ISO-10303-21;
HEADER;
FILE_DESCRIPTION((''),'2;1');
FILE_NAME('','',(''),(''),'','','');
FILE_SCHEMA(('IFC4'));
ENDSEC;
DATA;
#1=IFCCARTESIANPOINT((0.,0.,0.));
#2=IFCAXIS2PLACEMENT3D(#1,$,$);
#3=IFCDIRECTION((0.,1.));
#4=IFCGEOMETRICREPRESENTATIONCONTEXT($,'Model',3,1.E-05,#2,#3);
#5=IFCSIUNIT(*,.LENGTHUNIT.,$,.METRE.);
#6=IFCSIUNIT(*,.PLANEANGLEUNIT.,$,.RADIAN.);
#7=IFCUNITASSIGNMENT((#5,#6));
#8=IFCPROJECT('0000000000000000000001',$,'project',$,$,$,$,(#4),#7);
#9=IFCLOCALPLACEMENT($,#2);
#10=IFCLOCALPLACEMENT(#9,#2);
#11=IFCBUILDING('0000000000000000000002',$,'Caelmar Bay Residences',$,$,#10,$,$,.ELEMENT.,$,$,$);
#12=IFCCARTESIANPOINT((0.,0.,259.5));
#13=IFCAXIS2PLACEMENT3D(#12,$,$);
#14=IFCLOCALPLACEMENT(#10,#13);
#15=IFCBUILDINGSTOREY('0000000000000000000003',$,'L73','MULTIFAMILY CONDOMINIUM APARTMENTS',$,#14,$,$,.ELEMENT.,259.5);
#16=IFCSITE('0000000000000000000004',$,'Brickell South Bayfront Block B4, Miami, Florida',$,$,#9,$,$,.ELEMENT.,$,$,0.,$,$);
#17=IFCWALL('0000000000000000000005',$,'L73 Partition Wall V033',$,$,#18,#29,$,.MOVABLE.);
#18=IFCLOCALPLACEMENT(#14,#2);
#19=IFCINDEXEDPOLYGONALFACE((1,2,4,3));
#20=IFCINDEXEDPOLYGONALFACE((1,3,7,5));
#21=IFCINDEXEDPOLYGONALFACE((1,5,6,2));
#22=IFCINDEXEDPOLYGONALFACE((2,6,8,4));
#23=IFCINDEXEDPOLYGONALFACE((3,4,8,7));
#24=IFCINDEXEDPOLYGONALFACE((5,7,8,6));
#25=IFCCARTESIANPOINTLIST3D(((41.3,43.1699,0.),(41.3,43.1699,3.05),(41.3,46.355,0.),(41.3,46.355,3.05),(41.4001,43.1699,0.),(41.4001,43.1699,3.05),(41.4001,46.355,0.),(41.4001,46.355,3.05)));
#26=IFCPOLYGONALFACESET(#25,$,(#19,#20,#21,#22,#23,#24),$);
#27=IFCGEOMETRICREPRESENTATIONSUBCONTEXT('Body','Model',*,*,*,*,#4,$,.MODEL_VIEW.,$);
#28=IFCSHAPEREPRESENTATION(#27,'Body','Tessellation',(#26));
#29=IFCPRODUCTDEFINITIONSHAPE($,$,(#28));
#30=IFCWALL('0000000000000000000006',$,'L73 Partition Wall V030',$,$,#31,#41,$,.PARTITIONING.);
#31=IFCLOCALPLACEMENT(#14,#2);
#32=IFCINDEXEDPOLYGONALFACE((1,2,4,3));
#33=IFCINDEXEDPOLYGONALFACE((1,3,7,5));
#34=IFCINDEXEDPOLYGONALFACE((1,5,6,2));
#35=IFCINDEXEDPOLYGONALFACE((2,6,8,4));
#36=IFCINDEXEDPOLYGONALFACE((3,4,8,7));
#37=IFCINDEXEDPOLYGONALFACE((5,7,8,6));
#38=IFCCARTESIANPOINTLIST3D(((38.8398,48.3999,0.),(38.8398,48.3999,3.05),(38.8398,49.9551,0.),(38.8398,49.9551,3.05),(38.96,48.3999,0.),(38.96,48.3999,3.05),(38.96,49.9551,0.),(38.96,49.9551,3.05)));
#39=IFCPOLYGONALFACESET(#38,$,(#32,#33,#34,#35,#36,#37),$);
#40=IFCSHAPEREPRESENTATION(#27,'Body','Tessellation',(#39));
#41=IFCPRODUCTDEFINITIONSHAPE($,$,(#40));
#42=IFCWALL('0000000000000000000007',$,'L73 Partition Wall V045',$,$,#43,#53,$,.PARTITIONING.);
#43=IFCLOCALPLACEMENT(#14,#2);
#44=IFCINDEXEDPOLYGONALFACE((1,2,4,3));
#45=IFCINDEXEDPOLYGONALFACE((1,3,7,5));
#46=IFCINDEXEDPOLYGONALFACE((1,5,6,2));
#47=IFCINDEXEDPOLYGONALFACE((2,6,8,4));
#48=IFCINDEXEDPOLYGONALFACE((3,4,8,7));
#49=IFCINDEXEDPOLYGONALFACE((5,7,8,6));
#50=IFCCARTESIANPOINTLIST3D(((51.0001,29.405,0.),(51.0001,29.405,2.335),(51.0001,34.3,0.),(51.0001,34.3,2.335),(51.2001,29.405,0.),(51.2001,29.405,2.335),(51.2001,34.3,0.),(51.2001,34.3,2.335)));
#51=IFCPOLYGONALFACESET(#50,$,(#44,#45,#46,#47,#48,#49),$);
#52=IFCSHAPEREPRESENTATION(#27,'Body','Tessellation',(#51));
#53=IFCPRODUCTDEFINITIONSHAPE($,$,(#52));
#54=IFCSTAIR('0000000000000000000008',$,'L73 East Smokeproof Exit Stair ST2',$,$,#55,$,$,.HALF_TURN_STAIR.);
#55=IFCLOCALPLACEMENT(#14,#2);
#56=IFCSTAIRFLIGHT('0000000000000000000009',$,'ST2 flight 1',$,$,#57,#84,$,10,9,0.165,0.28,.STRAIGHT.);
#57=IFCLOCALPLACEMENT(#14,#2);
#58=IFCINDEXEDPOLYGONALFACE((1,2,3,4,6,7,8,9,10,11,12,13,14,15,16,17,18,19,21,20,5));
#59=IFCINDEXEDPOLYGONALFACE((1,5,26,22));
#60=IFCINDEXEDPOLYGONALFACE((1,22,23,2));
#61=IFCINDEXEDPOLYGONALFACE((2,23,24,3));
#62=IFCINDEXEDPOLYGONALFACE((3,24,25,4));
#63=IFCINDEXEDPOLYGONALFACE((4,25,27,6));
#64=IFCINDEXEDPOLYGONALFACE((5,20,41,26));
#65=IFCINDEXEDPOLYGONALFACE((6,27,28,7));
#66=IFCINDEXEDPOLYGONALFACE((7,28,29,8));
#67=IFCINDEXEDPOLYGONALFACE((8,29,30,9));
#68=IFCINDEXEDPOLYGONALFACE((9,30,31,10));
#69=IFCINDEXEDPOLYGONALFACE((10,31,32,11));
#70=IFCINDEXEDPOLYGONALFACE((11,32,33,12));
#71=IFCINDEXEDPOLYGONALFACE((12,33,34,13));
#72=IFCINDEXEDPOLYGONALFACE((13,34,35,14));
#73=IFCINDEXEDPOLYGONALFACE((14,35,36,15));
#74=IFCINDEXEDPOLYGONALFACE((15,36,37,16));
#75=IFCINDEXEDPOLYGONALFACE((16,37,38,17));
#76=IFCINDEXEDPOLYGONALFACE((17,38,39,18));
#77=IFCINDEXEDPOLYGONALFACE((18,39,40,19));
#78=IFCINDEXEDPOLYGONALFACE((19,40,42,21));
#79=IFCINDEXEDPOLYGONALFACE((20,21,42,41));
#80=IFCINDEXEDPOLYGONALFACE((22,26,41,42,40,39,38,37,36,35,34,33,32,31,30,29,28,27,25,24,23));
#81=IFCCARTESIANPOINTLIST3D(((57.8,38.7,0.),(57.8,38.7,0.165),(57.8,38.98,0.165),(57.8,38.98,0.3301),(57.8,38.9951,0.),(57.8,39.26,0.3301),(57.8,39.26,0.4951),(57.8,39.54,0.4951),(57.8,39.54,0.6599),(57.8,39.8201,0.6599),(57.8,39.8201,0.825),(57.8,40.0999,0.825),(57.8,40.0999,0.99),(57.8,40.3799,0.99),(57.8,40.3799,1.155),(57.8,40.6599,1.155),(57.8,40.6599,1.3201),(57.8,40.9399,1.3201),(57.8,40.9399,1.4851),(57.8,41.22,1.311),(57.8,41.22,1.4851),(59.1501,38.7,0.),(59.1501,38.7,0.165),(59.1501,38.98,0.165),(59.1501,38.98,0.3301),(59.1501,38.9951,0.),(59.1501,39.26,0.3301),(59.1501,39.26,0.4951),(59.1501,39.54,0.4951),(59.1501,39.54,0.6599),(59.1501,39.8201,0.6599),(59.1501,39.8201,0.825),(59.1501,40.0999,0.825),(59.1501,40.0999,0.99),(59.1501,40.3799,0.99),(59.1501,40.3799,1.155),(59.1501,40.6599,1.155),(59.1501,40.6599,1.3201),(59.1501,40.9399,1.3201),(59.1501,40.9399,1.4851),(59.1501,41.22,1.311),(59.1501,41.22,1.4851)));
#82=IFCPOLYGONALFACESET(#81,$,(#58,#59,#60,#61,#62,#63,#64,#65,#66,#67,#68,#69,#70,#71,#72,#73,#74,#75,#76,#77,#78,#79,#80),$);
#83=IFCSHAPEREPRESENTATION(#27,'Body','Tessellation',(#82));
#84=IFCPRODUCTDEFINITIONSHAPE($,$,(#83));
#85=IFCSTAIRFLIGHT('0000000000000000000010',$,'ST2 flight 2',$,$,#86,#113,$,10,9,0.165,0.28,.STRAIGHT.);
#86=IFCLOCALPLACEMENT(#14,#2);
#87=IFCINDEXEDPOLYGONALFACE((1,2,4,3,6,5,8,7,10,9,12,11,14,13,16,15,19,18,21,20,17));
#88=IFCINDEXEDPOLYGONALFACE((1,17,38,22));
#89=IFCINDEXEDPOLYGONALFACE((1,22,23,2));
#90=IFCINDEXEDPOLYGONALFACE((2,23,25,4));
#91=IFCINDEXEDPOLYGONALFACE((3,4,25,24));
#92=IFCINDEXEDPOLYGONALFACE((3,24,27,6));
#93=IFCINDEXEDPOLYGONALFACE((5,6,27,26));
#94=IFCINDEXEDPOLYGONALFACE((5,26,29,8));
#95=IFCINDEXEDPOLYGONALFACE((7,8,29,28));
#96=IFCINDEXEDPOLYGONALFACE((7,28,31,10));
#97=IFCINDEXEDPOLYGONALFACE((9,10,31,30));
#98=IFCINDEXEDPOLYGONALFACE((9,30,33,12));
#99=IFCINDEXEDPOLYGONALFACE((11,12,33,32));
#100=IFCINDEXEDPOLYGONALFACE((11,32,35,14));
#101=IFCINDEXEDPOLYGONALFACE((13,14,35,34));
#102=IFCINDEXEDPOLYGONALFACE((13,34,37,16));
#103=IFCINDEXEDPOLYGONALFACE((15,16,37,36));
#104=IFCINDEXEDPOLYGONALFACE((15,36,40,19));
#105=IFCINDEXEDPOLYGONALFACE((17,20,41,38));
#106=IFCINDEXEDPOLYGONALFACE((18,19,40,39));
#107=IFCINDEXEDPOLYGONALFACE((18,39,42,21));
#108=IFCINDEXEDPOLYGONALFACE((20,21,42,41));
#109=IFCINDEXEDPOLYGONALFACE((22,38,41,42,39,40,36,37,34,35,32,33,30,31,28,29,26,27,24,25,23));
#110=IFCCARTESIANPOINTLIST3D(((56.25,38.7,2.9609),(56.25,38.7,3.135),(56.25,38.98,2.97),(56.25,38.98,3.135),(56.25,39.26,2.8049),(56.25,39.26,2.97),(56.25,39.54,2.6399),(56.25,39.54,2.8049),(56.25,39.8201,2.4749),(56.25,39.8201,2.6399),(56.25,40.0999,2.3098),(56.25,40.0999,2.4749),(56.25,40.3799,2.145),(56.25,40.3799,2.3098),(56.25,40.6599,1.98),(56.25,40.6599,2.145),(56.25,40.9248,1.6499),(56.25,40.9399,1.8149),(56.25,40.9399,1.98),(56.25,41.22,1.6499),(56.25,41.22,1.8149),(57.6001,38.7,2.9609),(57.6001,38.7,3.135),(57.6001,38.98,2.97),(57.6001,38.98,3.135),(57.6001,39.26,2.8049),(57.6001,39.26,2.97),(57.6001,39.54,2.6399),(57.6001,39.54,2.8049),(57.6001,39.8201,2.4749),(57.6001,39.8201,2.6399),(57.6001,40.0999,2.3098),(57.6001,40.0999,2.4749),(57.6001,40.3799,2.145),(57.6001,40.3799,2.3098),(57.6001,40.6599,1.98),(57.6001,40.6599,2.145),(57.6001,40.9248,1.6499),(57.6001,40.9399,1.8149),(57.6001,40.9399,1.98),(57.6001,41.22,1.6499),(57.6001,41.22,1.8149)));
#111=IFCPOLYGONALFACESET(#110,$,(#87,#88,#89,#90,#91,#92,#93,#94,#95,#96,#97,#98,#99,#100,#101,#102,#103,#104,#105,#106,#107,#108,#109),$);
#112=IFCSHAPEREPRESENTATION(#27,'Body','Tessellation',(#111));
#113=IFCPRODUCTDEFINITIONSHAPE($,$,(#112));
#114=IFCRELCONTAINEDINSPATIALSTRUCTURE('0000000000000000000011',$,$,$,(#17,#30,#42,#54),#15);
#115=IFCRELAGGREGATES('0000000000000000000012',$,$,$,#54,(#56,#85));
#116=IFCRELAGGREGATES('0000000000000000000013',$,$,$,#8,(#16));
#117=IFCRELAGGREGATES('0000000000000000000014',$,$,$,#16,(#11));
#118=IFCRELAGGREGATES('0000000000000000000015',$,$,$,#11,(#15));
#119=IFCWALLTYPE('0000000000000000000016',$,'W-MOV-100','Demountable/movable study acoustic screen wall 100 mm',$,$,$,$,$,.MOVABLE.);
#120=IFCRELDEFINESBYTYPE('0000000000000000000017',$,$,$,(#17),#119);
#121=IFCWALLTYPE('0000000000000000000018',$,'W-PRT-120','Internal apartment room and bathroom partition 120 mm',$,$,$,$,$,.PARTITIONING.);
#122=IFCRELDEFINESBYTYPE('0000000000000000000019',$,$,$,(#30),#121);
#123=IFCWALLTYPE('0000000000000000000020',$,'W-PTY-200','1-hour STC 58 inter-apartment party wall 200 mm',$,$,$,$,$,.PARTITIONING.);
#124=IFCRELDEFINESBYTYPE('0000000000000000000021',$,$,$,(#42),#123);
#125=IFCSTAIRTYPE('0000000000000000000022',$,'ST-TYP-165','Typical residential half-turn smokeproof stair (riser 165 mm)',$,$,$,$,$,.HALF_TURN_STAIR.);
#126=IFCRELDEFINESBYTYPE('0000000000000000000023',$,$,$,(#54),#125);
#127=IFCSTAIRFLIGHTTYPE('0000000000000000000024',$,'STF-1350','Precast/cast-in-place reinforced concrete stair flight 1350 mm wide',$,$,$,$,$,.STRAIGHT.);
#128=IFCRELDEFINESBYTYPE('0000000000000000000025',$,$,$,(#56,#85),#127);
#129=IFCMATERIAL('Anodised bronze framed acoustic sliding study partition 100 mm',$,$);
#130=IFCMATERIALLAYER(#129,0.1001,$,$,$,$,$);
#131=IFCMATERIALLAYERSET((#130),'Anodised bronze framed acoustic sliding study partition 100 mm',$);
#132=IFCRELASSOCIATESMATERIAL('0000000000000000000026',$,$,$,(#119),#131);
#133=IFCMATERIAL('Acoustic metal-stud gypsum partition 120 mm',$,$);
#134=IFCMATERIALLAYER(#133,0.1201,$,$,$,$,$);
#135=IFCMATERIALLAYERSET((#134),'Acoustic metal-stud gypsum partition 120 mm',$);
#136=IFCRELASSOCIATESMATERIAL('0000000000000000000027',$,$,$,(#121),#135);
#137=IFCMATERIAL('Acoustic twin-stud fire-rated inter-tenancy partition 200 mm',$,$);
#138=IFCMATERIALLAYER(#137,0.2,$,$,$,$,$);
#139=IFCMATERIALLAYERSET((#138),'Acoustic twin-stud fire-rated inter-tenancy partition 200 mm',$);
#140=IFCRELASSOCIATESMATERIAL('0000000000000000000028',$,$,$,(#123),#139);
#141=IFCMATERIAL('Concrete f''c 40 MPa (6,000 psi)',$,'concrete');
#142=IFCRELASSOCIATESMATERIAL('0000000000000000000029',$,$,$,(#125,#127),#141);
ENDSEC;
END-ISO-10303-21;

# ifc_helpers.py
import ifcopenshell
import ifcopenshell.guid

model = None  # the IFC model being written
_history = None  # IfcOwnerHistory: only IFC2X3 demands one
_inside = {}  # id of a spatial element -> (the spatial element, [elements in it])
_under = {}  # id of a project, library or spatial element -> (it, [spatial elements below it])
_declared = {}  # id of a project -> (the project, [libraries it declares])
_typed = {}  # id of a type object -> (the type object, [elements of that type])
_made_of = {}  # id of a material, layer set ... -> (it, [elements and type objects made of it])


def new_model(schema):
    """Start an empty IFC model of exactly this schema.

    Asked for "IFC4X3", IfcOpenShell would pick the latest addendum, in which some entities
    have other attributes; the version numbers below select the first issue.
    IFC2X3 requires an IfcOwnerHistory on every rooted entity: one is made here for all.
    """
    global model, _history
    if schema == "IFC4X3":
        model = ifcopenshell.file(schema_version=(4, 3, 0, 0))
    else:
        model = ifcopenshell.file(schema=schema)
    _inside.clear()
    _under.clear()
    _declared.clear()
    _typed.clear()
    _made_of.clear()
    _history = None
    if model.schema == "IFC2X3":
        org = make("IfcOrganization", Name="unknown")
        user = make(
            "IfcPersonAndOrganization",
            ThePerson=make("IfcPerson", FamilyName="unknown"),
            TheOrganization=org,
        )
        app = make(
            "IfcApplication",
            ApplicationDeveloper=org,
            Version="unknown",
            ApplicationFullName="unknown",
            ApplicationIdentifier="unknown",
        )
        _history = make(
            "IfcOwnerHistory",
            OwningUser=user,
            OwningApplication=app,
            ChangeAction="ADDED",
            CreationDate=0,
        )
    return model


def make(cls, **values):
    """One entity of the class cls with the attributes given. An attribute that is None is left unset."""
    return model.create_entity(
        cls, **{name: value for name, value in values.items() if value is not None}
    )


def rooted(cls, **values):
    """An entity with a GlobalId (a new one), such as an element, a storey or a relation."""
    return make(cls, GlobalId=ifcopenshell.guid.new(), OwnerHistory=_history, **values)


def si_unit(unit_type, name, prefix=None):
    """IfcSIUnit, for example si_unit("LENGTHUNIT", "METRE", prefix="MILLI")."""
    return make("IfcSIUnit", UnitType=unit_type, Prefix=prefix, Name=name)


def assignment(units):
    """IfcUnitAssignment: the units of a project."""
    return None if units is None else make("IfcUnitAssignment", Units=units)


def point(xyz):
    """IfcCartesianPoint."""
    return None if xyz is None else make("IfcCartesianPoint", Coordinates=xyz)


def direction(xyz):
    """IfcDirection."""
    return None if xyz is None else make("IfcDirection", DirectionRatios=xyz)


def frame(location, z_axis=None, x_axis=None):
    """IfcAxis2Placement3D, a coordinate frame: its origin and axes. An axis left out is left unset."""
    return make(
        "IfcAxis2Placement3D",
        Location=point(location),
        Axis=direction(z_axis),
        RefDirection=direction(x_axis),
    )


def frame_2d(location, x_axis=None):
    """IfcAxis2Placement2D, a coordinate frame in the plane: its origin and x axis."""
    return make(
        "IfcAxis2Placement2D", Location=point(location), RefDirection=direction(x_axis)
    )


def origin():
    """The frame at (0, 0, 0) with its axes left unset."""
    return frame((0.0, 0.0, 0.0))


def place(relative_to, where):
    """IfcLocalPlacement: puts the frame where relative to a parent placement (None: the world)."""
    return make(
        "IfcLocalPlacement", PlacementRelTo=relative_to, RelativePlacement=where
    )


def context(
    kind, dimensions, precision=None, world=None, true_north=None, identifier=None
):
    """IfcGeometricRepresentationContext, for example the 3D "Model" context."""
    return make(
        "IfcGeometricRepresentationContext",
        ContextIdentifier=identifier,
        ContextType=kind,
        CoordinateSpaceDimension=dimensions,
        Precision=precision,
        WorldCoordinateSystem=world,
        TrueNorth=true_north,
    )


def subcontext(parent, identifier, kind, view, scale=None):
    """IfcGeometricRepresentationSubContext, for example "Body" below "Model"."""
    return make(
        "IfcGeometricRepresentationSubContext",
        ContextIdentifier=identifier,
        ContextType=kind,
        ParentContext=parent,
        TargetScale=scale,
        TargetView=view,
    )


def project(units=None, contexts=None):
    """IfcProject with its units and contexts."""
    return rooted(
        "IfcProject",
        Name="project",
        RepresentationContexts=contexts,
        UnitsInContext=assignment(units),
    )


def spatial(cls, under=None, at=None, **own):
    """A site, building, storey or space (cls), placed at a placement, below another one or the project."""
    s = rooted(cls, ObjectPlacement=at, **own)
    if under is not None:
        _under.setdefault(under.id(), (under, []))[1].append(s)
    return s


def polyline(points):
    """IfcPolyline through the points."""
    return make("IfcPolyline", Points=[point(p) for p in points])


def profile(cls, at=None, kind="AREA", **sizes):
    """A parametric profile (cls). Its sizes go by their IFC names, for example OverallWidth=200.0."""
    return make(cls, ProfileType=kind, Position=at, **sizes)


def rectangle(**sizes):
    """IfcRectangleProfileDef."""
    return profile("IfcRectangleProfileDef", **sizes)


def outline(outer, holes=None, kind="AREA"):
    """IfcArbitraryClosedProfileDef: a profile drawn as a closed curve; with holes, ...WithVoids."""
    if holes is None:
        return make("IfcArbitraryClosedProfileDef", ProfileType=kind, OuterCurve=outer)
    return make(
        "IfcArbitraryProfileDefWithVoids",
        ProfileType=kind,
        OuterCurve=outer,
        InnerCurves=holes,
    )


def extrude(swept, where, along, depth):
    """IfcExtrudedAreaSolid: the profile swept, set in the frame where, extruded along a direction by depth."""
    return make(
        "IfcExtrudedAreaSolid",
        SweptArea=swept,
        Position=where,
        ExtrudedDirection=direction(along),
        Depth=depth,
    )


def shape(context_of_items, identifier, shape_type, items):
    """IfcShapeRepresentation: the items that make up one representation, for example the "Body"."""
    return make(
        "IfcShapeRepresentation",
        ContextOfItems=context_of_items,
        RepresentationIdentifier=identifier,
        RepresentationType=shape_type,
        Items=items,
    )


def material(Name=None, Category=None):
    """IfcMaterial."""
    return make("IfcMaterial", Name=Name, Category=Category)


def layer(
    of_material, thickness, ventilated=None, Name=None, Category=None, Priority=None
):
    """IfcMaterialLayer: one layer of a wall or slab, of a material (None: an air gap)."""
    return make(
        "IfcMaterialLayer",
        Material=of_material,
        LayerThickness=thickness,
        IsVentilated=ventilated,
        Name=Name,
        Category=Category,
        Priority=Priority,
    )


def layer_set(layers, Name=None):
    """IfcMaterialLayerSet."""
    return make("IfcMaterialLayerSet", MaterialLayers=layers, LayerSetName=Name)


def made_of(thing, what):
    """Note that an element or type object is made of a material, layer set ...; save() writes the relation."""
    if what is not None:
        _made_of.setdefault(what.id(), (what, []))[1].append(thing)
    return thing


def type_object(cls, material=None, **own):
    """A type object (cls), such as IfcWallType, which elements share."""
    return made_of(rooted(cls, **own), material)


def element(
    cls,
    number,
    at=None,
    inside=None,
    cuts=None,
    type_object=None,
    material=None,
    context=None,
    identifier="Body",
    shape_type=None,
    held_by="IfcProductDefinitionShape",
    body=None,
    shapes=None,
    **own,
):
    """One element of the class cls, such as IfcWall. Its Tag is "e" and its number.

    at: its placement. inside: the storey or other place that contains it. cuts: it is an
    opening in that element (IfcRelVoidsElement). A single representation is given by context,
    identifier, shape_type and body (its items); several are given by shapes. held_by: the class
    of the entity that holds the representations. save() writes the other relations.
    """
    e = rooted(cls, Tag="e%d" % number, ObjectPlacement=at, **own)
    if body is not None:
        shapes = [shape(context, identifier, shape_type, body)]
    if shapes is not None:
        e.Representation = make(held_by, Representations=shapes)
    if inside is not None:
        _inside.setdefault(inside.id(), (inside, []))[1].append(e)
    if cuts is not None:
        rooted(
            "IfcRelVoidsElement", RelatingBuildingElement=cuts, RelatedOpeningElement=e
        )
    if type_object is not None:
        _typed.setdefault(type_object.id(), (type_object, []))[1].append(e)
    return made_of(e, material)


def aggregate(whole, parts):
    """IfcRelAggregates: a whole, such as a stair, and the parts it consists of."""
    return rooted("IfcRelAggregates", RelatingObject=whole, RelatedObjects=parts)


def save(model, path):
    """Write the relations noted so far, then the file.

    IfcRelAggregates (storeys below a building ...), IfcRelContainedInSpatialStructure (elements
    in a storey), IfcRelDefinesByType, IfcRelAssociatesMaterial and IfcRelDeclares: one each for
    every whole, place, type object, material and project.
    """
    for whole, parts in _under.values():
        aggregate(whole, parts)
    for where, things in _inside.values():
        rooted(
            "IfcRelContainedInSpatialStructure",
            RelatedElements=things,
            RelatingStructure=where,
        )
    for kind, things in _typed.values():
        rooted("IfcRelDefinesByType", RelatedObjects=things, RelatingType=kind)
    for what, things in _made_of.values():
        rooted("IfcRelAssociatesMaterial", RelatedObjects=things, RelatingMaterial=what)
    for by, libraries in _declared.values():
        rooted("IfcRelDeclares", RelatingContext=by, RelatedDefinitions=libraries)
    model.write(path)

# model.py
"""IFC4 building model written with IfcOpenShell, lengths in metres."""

from ifc_helpers import new_model, si_unit, direction, frame, frame_2d, origin, place, context, subcontext, project, spatial, polyline, rectangle, outline, extrude, material, layer, layer_set, type_object, element, aggregate, save


model = new_model("IFC4")

# Units and contexts
model_context = context("Model", 3, precision=1e-05, world=origin(), true_north=direction((0.0, 1.0)))
body_context = subcontext(model_context, "Body", "Model", "MODEL_VIEW")
ifc_project = project(units=[si_unit("LENGTHUNIT", "METRE"), si_unit("PLANEANGLEUNIT", "RADIAN")], contexts=[model_context])

# Site, building, storey
site_placement = place(None, origin())
site = spatial("IfcSite", under=ifc_project, at=site_placement, Name="Brickell South Bayfront Block B4, Miami, Florida", CompositionType="ELEMENT", RefElevation=0.0)
building_placement = place(site_placement, origin())
building = spatial("IfcBuilding", under=site, at=building_placement, Name="Caelmar Bay Residences", CompositionType="ELEMENT")
storey_placement = place(building_placement, frame((0.0, 0.0, 259.5)))
storey = spatial("IfcBuildingStorey", under=building, at=storey_placement, Name="L73", Description="MULTIFAMILY CONDOMINIUM APARTMENTS", CompositionType="ELEMENT", Elevation=259.5)

# Walls
ifc_material_1 = material(Name="Anodised bronze framed acoustic sliding study partition 100 mm")
ifc_layer_1 = layer(ifc_material_1, 0.1001)
ifc_layer_set_1 = layer_set([ifc_layer_1], Name="Anodised bronze framed acoustic sliding study partition 100 mm")
wall_type_1 = type_object("IfcWallType", Name="W-MOV-100", Description="Demountable/movable study acoustic screen wall 100 mm", PredefinedType="MOVABLE", material=ifc_layer_set_1)
wall_1_placement = place(storey_placement, frame((41.3501, 43.1699, 0.0), z_axis=(0.0, 0.0, 1.0), x_axis=(0.0, 1.0, 0.0)))
element("IfcWall", 1, at=wall_1_placement, inside=storey, type_object=wall_type_1, Name="L73 Partition Wall V033", PredefinedType="MOVABLE", context=body_context, shape_type="SweptSolid", body=[
    extrude(rectangle(XDim=3.1851, YDim=0.1001, at=frame_2d((1.5925, 0.0))), origin(), (0.0, 0.0, 1.0), 3.05),
])
ifc_material_2 = material(Name="Acoustic metal-stud gypsum partition 120 mm")
ifc_layer_2 = layer(ifc_material_2, 0.1201)
ifc_layer_set_2 = layer_set([ifc_layer_2], Name="Acoustic metal-stud gypsum partition 120 mm")
wall_type_2 = type_object("IfcWallType", Name="W-PRT-120", Description="Internal apartment room and bathroom partition 120 mm", PredefinedType="PARTITIONING", material=ifc_layer_set_2)
wall_2_placement = place(storey_placement, frame((38.8999, 48.3999, 0.0), z_axis=(0.0, 0.0, 1.0), x_axis=(0.0, 1.0, 0.0)))
element("IfcWall", 2, at=wall_2_placement, inside=storey, type_object=wall_type_2, Name="L73 Partition Wall V030", PredefinedType="PARTITIONING", context=body_context, shape_type="SweptSolid", body=[
    extrude(rectangle(XDim=1.5552, YDim=0.1201, at=frame_2d((0.7776, 0.0))), origin(), (0.0, 0.0, 1.0), 3.05),
])
ifc_material_3 = material(Name="Acoustic twin-stud fire-rated inter-tenancy partition 200 mm")
ifc_layer_3 = layer(ifc_material_3, 0.2)
ifc_layer_set_3 = layer_set([ifc_layer_3], Name="Acoustic twin-stud fire-rated inter-tenancy partition 200 mm")
wall_type_3 = type_object("IfcWallType", Name="W-PTY-200", Description="1-hour STC 58 inter-apartment party wall 200 mm", PredefinedType="PARTITIONING", material=ifc_layer_set_3)
wall_3_placement = place(storey_placement, frame((51.1001, 29.405, 0.0), z_axis=(0.0, 0.0, 1.0), x_axis=(0.0, 1.0, 0.0)))
element("IfcWall", 3, at=wall_3_placement, inside=storey, type_object=wall_type_3, Name="L73 Partition Wall V045", PredefinedType="PARTITIONING", context=body_context, shape_type="SweptSolid", body=[
    extrude(rectangle(XDim=4.895, YDim=0.2, at=frame_2d((2.4475, 0.0))), origin(), (0.0, 0.0, 1.0), 2.335),
])

# Stair, stair flights
ifc_material_4 = material(Name="Concrete f'c 40 MPa (6,000 psi)", Category="concrete")
stair_type = type_object("IfcStairType", Name="ST-TYP-165", Description="Typical residential half-turn smokeproof stair (riser 165 mm)", PredefinedType="HALF_TURN_STAIR", material=ifc_material_4)
stair_placement = place(storey_placement, origin())
stair = element("IfcStair", 4, at=stair_placement, inside=storey, type_object=stair_type, Name="L73 East Smokeproof Exit Stair ST2", PredefinedType="HALF_TURN_STAIR")
stair_flight_type = type_object("IfcStairFlightType", Name="STF-1350", Description="Precast/cast-in-place reinforced concrete stair flight 1350 mm wide", PredefinedType="STRAIGHT", material=ifc_material_4)
stair_flight_1_placement = place(storey_placement, frame((58.4751, 38.7, 0.0), z_axis=(0.0, 0.0, 1.0), x_axis=(0.0, 1.0, 0.0)))
stair_flight_1 = element("IfcStairFlight", 5, at=stair_flight_1_placement, type_object=stair_flight_type, Name="ST2 flight 1", NumberOfRisers=10, NumberOfTreads=9, PredefinedType="STRAIGHT", RiserHeight=0.165, TreadLength=0.28, context=body_context, shape_type="SweptSolid", body=[
    extrude(outline(polyline([(0.0, 0.0), (0.0, 0.165), (0.28, 0.165), (0.28, 0.3301), (0.5601, 0.3301), (0.5601, 0.4951), (0.8401, 0.4951), (0.8401, 0.6599), (1.1201, 0.6599), (1.1201, 0.825), (1.3999, 0.825), (1.3999, 0.99), (1.6799, 0.99), (1.6799, 1.155), (1.96, 1.155), (1.96, 1.3201), (2.24, 1.3201), (2.24, 1.4851), (2.52, 1.4851), (2.52, 1.6499), (2.52, 1.311), (0.2952, 0.0), (0.0, 0.0)])), frame((0.0, 0.675, 0.0), z_axis=(0.0, -1.0, 0.0), x_axis=(1.0, 0.0, 0.0)), (0.0, 0.0, 1.0), 1.3501),
])
stair_flight_2_placement = place(storey_placement, frame((56.925, 41.22, 1.6499), z_axis=(0.0, 0.0, 1.0), x_axis=(0.0, -1.0, 0.0)))
stair_flight_2 = element("IfcStairFlight", 6, at=stair_flight_2_placement, type_object=stair_flight_type, Name="ST2 flight 2", NumberOfRisers=10, NumberOfTreads=9, PredefinedType="STRAIGHT", RiserHeight=0.165, TreadLength=0.28, context=body_context, shape_type="SweptSolid", body=[
    extrude(outline(polyline([(0.0, 0.0), (0.0, 0.165), (0.28, 0.165), (0.28, 0.3301), (0.5601, 0.3301), (0.5601, 0.4951), (0.8401, 0.4951), (0.8401, 0.6599), (1.1201, 0.6599), (1.1201, 0.825), (1.3999, 0.825), (1.3999, 0.99), (1.6799, 0.99), (1.6799, 1.155), (1.96, 1.155), (1.96, 1.3201), (2.24, 1.3201), (2.24, 1.4851), (2.52, 1.4851), (2.52, 1.6499), (2.52, 1.311), (0.2952, 0.0), (0.0, 0.0)])), frame((0.0, 0.675, 0.0), z_axis=(0.0, -1.0, 0.0), x_axis=(1.0, 0.0, 0.0)), (0.0, 0.0, 1.0), 1.3501),
])
aggregate(stair, [stair_flight_1, stair_flight_2])

save(model, "model.ifc")
